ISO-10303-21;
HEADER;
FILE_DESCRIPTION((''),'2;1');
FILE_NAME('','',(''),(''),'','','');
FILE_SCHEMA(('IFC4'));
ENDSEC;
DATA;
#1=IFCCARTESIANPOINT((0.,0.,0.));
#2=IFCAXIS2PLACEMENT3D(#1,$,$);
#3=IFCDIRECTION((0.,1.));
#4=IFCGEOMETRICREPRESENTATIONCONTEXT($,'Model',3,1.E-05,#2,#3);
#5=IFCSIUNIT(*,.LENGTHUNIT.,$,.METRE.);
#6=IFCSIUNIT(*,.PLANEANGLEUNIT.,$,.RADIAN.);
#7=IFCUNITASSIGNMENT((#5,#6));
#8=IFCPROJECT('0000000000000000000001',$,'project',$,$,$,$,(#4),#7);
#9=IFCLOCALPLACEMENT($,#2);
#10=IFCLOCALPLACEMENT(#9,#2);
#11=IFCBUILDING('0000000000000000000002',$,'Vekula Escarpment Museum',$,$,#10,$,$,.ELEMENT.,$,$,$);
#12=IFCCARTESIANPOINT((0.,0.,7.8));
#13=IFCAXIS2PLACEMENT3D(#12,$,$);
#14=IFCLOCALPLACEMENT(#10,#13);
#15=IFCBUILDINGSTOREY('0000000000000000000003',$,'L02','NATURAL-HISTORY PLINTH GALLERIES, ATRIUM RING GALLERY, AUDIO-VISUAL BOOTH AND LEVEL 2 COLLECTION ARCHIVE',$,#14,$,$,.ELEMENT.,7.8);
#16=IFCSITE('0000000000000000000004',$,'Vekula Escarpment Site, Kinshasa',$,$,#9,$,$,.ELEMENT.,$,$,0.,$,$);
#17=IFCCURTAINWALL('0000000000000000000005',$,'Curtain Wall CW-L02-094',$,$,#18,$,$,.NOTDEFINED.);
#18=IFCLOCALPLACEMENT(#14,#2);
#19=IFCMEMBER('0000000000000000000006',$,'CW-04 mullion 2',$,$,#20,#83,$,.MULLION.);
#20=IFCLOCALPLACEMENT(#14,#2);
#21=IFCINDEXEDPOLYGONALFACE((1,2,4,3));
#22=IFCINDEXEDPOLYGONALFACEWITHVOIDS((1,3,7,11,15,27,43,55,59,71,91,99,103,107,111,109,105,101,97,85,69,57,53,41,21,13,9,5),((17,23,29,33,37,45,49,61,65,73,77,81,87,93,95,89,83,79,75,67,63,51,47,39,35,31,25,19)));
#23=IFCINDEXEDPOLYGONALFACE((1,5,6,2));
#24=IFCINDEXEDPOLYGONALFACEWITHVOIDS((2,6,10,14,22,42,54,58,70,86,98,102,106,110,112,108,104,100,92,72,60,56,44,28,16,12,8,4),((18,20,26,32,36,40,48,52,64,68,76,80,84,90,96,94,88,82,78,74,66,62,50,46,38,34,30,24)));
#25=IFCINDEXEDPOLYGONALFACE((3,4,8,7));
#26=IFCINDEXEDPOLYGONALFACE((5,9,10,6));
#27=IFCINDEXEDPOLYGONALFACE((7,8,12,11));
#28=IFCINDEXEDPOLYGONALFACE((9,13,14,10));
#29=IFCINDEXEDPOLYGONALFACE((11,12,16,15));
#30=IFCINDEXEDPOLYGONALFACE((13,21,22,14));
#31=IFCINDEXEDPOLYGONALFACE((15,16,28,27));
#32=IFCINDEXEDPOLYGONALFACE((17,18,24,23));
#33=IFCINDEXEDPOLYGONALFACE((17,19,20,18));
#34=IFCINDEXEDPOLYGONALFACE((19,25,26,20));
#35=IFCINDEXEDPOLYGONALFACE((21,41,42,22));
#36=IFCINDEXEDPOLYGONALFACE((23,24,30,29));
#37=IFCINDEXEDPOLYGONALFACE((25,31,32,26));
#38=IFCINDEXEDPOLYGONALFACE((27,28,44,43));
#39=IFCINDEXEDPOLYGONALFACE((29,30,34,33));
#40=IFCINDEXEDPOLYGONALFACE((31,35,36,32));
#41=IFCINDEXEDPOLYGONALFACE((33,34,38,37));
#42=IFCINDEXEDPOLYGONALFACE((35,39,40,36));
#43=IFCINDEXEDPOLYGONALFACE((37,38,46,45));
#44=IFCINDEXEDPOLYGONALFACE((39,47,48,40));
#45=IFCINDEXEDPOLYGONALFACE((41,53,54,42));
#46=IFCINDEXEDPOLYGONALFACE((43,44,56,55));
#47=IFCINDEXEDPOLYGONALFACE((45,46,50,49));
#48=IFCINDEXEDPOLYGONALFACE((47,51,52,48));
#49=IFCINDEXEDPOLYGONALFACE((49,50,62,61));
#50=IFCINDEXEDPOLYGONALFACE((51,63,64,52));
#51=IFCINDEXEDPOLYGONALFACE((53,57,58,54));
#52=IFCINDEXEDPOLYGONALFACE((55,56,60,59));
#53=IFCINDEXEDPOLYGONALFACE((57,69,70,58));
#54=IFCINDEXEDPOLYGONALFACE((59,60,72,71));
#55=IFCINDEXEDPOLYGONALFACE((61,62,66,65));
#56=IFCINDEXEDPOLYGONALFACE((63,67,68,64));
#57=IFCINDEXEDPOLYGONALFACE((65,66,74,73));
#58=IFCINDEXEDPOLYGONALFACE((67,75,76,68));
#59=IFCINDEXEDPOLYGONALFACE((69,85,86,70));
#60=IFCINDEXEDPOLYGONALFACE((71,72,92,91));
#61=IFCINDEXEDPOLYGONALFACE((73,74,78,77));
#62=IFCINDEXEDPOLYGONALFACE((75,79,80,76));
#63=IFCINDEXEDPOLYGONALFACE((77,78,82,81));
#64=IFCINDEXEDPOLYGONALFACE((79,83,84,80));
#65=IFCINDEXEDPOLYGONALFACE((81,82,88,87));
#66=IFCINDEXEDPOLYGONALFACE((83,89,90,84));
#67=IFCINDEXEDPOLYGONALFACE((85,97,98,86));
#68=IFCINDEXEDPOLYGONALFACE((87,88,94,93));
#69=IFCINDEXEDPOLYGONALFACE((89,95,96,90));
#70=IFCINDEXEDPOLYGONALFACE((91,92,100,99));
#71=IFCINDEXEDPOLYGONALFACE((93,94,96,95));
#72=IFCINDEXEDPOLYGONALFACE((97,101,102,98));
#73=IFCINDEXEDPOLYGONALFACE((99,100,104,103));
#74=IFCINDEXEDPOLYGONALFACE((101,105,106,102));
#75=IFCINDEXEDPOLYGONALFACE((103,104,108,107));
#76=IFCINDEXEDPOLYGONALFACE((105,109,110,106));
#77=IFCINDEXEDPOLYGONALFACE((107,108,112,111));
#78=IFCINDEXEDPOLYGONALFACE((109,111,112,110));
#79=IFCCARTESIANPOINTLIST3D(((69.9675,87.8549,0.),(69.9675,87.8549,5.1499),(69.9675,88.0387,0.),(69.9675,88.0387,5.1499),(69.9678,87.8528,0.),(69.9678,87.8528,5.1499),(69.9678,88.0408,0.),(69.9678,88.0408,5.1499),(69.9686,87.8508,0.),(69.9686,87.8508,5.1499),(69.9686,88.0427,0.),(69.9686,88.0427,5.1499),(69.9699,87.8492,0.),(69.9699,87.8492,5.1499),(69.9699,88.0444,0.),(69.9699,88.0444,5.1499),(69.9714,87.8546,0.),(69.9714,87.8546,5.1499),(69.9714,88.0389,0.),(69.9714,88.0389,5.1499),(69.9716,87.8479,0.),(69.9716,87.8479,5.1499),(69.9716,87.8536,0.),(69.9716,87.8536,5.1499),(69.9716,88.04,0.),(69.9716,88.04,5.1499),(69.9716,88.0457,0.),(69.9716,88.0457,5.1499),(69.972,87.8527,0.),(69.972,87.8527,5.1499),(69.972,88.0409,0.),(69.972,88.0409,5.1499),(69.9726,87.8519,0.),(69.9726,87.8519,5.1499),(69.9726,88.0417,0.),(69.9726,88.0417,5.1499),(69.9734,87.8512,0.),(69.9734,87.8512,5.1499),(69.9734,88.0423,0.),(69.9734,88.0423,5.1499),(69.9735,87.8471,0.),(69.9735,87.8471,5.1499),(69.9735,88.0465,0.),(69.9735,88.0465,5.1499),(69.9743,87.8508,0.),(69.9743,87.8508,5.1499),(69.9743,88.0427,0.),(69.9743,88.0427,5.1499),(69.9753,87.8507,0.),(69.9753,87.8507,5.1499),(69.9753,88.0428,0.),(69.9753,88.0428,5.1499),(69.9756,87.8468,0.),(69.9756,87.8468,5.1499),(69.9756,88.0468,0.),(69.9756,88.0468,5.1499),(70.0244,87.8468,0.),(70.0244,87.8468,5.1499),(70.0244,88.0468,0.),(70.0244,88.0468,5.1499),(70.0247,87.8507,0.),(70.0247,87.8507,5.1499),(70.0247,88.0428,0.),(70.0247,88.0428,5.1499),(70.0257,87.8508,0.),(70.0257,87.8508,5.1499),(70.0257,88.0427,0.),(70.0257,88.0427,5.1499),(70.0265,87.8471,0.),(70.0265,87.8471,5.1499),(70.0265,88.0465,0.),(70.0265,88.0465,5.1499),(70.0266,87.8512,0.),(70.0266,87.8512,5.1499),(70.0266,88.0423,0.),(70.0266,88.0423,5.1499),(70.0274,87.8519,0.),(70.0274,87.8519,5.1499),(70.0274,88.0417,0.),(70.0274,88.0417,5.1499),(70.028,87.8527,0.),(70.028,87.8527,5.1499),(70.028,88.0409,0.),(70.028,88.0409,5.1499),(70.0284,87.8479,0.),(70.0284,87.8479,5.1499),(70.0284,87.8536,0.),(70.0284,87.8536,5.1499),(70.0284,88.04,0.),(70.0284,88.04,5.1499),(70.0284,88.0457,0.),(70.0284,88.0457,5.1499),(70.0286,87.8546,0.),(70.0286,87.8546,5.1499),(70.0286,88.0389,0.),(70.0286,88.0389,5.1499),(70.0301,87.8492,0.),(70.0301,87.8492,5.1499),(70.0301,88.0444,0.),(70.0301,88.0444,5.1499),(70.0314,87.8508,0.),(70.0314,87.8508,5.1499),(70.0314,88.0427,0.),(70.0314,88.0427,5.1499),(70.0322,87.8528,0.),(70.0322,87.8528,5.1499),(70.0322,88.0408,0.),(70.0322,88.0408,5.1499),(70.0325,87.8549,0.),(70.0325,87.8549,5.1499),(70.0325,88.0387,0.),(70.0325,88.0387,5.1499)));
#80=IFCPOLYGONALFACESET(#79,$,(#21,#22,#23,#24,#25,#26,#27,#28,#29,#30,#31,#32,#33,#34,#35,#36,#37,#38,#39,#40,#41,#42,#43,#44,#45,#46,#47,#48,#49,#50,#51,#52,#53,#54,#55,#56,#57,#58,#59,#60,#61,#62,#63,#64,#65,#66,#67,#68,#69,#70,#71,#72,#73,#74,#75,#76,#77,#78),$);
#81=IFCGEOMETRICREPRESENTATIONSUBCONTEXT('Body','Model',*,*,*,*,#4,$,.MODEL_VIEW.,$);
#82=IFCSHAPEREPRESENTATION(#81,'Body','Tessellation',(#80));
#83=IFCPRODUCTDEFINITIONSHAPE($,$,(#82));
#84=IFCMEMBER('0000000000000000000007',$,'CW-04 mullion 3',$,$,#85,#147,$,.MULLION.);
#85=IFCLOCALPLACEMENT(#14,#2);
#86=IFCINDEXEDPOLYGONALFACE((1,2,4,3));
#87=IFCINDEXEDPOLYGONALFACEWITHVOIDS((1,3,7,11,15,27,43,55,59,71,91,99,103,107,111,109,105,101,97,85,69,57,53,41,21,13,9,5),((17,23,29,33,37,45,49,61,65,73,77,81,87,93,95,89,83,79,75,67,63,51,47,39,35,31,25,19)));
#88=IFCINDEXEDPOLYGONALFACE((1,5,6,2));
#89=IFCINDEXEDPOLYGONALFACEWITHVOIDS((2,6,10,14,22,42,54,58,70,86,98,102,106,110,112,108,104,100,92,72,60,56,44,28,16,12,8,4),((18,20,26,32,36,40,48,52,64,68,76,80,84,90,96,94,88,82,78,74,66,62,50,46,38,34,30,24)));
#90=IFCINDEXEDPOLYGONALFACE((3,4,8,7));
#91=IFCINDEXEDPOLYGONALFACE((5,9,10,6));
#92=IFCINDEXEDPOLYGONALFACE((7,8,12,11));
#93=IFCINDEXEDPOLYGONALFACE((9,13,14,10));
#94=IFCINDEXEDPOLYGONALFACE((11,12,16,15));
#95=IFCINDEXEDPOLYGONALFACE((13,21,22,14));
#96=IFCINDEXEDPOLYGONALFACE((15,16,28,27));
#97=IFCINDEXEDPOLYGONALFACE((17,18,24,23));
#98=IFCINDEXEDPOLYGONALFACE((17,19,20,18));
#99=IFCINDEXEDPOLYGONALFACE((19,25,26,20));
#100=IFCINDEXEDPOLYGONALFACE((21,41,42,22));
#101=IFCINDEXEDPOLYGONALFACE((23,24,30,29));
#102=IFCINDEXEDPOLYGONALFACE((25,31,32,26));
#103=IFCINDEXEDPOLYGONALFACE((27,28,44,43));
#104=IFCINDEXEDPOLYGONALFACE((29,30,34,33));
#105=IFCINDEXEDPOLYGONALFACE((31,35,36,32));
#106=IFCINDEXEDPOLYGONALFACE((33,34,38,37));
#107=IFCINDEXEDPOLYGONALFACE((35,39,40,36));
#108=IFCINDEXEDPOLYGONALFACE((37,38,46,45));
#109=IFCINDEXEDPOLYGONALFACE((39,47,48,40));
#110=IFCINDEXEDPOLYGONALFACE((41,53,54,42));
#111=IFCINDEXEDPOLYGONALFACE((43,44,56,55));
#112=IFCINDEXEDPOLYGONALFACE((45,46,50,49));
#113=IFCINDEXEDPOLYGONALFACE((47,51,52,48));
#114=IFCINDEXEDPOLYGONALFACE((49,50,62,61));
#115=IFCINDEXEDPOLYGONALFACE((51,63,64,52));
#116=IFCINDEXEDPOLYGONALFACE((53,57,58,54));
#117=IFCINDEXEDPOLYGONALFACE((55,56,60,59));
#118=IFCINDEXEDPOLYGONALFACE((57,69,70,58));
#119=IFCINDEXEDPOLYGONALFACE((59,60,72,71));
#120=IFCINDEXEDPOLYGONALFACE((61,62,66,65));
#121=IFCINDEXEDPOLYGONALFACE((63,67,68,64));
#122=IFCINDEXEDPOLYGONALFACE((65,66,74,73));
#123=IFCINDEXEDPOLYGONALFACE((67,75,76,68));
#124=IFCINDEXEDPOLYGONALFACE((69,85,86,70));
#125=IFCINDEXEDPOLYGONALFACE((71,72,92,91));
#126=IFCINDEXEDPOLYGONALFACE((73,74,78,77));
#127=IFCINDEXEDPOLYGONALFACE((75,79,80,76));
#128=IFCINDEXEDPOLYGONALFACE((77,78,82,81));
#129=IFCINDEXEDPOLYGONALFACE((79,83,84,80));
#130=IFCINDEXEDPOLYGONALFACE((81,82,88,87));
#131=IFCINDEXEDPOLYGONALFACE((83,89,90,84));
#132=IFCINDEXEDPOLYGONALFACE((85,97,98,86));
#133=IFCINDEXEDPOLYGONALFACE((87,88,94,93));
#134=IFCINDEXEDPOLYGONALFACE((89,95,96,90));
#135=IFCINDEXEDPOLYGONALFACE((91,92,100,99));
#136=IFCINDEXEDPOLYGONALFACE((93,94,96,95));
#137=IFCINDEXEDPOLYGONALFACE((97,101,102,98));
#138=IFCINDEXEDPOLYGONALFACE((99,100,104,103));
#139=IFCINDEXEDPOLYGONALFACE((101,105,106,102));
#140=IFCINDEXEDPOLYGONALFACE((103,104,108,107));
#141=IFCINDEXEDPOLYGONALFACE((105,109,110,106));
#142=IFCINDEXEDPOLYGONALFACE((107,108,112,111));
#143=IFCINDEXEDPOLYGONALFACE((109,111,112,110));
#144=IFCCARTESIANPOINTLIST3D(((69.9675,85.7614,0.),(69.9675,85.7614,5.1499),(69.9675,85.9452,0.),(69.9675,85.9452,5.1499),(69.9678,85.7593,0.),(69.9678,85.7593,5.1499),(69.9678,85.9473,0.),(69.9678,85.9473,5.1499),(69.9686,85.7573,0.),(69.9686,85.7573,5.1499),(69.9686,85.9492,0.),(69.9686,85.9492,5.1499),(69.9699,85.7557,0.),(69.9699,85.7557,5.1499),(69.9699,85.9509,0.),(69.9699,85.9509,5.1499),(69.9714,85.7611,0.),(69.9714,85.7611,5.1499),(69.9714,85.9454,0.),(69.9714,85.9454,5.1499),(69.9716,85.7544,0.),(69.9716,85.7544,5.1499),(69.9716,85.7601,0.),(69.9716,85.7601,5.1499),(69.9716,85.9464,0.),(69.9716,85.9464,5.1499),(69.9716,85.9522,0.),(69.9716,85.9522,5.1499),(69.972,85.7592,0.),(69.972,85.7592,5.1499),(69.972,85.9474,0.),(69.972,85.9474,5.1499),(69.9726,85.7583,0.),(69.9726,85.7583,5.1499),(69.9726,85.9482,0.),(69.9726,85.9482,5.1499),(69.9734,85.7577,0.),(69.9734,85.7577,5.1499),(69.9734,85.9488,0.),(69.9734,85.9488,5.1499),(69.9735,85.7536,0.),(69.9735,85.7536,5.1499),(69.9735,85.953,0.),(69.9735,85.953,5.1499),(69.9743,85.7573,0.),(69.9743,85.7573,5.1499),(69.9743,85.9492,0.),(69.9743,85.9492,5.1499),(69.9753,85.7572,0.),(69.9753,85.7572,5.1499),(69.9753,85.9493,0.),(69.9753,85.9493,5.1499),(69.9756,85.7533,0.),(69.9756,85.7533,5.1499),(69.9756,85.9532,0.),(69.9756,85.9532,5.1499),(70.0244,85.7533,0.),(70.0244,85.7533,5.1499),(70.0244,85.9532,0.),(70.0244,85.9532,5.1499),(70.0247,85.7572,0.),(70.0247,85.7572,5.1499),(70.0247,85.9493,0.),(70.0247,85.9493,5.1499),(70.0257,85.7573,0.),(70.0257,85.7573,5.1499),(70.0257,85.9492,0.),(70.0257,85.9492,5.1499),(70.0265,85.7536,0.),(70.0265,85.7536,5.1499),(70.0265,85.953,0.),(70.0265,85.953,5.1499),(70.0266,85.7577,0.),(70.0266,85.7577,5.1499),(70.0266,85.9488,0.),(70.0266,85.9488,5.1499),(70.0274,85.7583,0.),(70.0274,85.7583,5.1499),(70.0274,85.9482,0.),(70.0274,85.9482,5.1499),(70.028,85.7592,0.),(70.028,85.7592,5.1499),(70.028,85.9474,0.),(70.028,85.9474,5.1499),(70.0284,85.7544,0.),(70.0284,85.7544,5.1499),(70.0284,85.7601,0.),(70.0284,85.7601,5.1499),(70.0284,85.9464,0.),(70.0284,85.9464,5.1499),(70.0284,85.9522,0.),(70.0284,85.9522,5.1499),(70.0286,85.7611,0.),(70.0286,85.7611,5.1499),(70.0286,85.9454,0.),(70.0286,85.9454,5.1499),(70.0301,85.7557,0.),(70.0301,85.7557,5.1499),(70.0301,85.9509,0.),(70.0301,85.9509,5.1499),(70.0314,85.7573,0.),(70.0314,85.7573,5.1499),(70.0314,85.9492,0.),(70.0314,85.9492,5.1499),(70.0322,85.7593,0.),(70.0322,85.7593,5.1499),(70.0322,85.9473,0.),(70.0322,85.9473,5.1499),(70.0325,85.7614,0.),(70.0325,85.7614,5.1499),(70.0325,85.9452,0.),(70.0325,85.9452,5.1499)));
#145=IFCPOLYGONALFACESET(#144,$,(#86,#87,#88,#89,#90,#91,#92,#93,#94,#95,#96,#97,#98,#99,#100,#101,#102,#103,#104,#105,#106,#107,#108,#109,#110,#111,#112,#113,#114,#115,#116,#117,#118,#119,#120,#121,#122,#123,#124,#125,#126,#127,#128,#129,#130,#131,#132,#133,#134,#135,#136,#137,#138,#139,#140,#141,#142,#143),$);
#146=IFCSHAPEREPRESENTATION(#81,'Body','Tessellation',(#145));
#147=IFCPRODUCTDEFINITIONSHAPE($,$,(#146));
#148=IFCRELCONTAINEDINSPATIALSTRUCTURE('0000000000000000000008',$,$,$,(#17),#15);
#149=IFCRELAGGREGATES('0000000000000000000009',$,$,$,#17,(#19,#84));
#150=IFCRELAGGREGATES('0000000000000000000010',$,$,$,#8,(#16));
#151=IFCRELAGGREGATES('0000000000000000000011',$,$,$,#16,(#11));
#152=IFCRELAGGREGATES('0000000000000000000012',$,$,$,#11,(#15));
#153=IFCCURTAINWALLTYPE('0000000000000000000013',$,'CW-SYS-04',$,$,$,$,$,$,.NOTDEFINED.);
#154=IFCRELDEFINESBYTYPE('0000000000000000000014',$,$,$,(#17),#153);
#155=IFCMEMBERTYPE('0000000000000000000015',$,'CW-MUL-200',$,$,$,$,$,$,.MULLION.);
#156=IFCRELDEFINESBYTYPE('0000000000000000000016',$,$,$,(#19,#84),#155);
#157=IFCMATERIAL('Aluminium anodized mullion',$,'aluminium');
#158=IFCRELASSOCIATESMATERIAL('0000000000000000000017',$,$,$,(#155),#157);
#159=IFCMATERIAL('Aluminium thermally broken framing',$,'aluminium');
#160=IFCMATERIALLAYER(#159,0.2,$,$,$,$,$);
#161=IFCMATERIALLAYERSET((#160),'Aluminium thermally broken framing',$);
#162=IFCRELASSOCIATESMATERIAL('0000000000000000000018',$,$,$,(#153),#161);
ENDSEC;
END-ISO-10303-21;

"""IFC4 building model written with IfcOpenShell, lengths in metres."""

from ifc_helpers import new_model, si_unit, direction, frame, origin, origin_2d, place, context, subcontext, project, spatial, hollow_rectangle, extrude, material, layer, layer_set, material_profile, profile_set, type_object, element, aggregate, save


model = new_model("IFC4")

# Units and contexts
model_context = context("Model", 3, precision=1e-05, world=origin(), true_north=direction((0.0, 1.0)))
body_context = subcontext(model_context, "Body", "Model", "MODEL_VIEW")
ifc_project = project(units=[si_unit("LENGTHUNIT", "METRE"), si_unit("PLANEANGLEUNIT", "RADIAN")], contexts=[model_context])

# Site, building, storey
site_placement = place(None, origin())
site = spatial("IfcSite", under=ifc_project, at=site_placement, Name="Vekula Escarpment Site, Kinshasa", CompositionType="ELEMENT", RefElevation=0.0)
building_placement = place(site_placement, origin())
building = spatial("IfcBuilding", under=site, at=building_placement, Name="Vekula Escarpment Museum", CompositionType="ELEMENT")
storey_placement = place(building_placement, frame((0.0, 0.0, 7.8)))
storey = spatial("IfcBuildingStorey", under=building, at=storey_placement, Name="L02", Description="NATURAL-HISTORY PLINTH GALLERIES, ATRIUM RING GALLERY, AUDIO-VISUAL BOOTH AND LEVEL 2 COLLECTION ARCHIVE", CompositionType="ELEMENT", Elevation=7.8)

# Shared definitions
ifc_material_1 = material(Name="Aluminium anodized mullion", Category="aluminium")
ifc_material_profile_1 = material_profile(ifc_material_1, hollow_rectangle(XDim=0.0649, YDim=0.2, WallThickness=0.0039, InnerFilletRadius=0.0039, OuterFilletRadius=0.0081, at=origin_2d()), Name="ALU 200x65x4")
ifc_profile_set_1 = profile_set([ifc_material_profile_1], Name="Aluminium anodized mullion")
member_type_1 = type_object("IfcMemberType", Name="CW-MUL-200", PredefinedType="MULLION", material=ifc_profile_set_1)

# Curtain wall, members
ifc_material_2 = material(Name="Aluminium thermally broken framing", Category="aluminium")
ifc_layer_1 = layer(ifc_material_2, 0.2)
ifc_layer_set_1 = layer_set([ifc_layer_1], Name="Aluminium thermally broken framing")
curtain_wall_type_1 = type_object("IfcCurtainWallType", Name="CW-SYS-04", PredefinedType="NOTDEFINED", material=ifc_layer_set_1)
curtain_wall_1_placement = place(storey_placement, origin())
curtain_wall_1 = element("IfcCurtainWall", 1, at=curtain_wall_1_placement, inside=storey, type_object=curtain_wall_type_1, Name="Curtain Wall CW-L02-094", PredefinedType="NOTDEFINED")
member_1_placement = place(storey_placement, frame((70.0, 87.9468, 0.0), z_axis=(0.0, 0.0, 1.0), x_axis=(1.0, 0.0, 0.0)))
member_1 = element("IfcMember", 2, at=member_1_placement, type_object=member_type_1, Name="CW-04 mullion 2", PredefinedType="MULLION", context=body_context, shape_type="SweptSolid", body=[
    extrude(hollow_rectangle(XDim=0.0649, YDim=0.2, WallThickness=0.0039, InnerFilletRadius=0.0039, OuterFilletRadius=0.0081, at=origin_2d()), origin(), (0.0, 0.0, 1.0), 5.1499),
])
member_2_placement = place(storey_placement, frame((70.0, 85.8533, 0.0), z_axis=(0.0, 0.0, 1.0), x_axis=(1.0, 0.0, 0.0)))
member_2 = element("IfcMember", 3, at=member_2_placement, type_object=member_type_1, Name="CW-04 mullion 3", PredefinedType="MULLION", context=body_context, shape_type="SweptSolid", body=[
    extrude(hollow_rectangle(XDim=0.0649, YDim=0.2, WallThickness=0.0039, InnerFilletRadius=0.0039, OuterFilletRadius=0.0081, at=origin_2d()), origin(), (0.0, 0.0, 1.0), 5.1499),
])

aggregate(curtain_wall_1, [member_1, member_2])

save(model, "model.ifc")
